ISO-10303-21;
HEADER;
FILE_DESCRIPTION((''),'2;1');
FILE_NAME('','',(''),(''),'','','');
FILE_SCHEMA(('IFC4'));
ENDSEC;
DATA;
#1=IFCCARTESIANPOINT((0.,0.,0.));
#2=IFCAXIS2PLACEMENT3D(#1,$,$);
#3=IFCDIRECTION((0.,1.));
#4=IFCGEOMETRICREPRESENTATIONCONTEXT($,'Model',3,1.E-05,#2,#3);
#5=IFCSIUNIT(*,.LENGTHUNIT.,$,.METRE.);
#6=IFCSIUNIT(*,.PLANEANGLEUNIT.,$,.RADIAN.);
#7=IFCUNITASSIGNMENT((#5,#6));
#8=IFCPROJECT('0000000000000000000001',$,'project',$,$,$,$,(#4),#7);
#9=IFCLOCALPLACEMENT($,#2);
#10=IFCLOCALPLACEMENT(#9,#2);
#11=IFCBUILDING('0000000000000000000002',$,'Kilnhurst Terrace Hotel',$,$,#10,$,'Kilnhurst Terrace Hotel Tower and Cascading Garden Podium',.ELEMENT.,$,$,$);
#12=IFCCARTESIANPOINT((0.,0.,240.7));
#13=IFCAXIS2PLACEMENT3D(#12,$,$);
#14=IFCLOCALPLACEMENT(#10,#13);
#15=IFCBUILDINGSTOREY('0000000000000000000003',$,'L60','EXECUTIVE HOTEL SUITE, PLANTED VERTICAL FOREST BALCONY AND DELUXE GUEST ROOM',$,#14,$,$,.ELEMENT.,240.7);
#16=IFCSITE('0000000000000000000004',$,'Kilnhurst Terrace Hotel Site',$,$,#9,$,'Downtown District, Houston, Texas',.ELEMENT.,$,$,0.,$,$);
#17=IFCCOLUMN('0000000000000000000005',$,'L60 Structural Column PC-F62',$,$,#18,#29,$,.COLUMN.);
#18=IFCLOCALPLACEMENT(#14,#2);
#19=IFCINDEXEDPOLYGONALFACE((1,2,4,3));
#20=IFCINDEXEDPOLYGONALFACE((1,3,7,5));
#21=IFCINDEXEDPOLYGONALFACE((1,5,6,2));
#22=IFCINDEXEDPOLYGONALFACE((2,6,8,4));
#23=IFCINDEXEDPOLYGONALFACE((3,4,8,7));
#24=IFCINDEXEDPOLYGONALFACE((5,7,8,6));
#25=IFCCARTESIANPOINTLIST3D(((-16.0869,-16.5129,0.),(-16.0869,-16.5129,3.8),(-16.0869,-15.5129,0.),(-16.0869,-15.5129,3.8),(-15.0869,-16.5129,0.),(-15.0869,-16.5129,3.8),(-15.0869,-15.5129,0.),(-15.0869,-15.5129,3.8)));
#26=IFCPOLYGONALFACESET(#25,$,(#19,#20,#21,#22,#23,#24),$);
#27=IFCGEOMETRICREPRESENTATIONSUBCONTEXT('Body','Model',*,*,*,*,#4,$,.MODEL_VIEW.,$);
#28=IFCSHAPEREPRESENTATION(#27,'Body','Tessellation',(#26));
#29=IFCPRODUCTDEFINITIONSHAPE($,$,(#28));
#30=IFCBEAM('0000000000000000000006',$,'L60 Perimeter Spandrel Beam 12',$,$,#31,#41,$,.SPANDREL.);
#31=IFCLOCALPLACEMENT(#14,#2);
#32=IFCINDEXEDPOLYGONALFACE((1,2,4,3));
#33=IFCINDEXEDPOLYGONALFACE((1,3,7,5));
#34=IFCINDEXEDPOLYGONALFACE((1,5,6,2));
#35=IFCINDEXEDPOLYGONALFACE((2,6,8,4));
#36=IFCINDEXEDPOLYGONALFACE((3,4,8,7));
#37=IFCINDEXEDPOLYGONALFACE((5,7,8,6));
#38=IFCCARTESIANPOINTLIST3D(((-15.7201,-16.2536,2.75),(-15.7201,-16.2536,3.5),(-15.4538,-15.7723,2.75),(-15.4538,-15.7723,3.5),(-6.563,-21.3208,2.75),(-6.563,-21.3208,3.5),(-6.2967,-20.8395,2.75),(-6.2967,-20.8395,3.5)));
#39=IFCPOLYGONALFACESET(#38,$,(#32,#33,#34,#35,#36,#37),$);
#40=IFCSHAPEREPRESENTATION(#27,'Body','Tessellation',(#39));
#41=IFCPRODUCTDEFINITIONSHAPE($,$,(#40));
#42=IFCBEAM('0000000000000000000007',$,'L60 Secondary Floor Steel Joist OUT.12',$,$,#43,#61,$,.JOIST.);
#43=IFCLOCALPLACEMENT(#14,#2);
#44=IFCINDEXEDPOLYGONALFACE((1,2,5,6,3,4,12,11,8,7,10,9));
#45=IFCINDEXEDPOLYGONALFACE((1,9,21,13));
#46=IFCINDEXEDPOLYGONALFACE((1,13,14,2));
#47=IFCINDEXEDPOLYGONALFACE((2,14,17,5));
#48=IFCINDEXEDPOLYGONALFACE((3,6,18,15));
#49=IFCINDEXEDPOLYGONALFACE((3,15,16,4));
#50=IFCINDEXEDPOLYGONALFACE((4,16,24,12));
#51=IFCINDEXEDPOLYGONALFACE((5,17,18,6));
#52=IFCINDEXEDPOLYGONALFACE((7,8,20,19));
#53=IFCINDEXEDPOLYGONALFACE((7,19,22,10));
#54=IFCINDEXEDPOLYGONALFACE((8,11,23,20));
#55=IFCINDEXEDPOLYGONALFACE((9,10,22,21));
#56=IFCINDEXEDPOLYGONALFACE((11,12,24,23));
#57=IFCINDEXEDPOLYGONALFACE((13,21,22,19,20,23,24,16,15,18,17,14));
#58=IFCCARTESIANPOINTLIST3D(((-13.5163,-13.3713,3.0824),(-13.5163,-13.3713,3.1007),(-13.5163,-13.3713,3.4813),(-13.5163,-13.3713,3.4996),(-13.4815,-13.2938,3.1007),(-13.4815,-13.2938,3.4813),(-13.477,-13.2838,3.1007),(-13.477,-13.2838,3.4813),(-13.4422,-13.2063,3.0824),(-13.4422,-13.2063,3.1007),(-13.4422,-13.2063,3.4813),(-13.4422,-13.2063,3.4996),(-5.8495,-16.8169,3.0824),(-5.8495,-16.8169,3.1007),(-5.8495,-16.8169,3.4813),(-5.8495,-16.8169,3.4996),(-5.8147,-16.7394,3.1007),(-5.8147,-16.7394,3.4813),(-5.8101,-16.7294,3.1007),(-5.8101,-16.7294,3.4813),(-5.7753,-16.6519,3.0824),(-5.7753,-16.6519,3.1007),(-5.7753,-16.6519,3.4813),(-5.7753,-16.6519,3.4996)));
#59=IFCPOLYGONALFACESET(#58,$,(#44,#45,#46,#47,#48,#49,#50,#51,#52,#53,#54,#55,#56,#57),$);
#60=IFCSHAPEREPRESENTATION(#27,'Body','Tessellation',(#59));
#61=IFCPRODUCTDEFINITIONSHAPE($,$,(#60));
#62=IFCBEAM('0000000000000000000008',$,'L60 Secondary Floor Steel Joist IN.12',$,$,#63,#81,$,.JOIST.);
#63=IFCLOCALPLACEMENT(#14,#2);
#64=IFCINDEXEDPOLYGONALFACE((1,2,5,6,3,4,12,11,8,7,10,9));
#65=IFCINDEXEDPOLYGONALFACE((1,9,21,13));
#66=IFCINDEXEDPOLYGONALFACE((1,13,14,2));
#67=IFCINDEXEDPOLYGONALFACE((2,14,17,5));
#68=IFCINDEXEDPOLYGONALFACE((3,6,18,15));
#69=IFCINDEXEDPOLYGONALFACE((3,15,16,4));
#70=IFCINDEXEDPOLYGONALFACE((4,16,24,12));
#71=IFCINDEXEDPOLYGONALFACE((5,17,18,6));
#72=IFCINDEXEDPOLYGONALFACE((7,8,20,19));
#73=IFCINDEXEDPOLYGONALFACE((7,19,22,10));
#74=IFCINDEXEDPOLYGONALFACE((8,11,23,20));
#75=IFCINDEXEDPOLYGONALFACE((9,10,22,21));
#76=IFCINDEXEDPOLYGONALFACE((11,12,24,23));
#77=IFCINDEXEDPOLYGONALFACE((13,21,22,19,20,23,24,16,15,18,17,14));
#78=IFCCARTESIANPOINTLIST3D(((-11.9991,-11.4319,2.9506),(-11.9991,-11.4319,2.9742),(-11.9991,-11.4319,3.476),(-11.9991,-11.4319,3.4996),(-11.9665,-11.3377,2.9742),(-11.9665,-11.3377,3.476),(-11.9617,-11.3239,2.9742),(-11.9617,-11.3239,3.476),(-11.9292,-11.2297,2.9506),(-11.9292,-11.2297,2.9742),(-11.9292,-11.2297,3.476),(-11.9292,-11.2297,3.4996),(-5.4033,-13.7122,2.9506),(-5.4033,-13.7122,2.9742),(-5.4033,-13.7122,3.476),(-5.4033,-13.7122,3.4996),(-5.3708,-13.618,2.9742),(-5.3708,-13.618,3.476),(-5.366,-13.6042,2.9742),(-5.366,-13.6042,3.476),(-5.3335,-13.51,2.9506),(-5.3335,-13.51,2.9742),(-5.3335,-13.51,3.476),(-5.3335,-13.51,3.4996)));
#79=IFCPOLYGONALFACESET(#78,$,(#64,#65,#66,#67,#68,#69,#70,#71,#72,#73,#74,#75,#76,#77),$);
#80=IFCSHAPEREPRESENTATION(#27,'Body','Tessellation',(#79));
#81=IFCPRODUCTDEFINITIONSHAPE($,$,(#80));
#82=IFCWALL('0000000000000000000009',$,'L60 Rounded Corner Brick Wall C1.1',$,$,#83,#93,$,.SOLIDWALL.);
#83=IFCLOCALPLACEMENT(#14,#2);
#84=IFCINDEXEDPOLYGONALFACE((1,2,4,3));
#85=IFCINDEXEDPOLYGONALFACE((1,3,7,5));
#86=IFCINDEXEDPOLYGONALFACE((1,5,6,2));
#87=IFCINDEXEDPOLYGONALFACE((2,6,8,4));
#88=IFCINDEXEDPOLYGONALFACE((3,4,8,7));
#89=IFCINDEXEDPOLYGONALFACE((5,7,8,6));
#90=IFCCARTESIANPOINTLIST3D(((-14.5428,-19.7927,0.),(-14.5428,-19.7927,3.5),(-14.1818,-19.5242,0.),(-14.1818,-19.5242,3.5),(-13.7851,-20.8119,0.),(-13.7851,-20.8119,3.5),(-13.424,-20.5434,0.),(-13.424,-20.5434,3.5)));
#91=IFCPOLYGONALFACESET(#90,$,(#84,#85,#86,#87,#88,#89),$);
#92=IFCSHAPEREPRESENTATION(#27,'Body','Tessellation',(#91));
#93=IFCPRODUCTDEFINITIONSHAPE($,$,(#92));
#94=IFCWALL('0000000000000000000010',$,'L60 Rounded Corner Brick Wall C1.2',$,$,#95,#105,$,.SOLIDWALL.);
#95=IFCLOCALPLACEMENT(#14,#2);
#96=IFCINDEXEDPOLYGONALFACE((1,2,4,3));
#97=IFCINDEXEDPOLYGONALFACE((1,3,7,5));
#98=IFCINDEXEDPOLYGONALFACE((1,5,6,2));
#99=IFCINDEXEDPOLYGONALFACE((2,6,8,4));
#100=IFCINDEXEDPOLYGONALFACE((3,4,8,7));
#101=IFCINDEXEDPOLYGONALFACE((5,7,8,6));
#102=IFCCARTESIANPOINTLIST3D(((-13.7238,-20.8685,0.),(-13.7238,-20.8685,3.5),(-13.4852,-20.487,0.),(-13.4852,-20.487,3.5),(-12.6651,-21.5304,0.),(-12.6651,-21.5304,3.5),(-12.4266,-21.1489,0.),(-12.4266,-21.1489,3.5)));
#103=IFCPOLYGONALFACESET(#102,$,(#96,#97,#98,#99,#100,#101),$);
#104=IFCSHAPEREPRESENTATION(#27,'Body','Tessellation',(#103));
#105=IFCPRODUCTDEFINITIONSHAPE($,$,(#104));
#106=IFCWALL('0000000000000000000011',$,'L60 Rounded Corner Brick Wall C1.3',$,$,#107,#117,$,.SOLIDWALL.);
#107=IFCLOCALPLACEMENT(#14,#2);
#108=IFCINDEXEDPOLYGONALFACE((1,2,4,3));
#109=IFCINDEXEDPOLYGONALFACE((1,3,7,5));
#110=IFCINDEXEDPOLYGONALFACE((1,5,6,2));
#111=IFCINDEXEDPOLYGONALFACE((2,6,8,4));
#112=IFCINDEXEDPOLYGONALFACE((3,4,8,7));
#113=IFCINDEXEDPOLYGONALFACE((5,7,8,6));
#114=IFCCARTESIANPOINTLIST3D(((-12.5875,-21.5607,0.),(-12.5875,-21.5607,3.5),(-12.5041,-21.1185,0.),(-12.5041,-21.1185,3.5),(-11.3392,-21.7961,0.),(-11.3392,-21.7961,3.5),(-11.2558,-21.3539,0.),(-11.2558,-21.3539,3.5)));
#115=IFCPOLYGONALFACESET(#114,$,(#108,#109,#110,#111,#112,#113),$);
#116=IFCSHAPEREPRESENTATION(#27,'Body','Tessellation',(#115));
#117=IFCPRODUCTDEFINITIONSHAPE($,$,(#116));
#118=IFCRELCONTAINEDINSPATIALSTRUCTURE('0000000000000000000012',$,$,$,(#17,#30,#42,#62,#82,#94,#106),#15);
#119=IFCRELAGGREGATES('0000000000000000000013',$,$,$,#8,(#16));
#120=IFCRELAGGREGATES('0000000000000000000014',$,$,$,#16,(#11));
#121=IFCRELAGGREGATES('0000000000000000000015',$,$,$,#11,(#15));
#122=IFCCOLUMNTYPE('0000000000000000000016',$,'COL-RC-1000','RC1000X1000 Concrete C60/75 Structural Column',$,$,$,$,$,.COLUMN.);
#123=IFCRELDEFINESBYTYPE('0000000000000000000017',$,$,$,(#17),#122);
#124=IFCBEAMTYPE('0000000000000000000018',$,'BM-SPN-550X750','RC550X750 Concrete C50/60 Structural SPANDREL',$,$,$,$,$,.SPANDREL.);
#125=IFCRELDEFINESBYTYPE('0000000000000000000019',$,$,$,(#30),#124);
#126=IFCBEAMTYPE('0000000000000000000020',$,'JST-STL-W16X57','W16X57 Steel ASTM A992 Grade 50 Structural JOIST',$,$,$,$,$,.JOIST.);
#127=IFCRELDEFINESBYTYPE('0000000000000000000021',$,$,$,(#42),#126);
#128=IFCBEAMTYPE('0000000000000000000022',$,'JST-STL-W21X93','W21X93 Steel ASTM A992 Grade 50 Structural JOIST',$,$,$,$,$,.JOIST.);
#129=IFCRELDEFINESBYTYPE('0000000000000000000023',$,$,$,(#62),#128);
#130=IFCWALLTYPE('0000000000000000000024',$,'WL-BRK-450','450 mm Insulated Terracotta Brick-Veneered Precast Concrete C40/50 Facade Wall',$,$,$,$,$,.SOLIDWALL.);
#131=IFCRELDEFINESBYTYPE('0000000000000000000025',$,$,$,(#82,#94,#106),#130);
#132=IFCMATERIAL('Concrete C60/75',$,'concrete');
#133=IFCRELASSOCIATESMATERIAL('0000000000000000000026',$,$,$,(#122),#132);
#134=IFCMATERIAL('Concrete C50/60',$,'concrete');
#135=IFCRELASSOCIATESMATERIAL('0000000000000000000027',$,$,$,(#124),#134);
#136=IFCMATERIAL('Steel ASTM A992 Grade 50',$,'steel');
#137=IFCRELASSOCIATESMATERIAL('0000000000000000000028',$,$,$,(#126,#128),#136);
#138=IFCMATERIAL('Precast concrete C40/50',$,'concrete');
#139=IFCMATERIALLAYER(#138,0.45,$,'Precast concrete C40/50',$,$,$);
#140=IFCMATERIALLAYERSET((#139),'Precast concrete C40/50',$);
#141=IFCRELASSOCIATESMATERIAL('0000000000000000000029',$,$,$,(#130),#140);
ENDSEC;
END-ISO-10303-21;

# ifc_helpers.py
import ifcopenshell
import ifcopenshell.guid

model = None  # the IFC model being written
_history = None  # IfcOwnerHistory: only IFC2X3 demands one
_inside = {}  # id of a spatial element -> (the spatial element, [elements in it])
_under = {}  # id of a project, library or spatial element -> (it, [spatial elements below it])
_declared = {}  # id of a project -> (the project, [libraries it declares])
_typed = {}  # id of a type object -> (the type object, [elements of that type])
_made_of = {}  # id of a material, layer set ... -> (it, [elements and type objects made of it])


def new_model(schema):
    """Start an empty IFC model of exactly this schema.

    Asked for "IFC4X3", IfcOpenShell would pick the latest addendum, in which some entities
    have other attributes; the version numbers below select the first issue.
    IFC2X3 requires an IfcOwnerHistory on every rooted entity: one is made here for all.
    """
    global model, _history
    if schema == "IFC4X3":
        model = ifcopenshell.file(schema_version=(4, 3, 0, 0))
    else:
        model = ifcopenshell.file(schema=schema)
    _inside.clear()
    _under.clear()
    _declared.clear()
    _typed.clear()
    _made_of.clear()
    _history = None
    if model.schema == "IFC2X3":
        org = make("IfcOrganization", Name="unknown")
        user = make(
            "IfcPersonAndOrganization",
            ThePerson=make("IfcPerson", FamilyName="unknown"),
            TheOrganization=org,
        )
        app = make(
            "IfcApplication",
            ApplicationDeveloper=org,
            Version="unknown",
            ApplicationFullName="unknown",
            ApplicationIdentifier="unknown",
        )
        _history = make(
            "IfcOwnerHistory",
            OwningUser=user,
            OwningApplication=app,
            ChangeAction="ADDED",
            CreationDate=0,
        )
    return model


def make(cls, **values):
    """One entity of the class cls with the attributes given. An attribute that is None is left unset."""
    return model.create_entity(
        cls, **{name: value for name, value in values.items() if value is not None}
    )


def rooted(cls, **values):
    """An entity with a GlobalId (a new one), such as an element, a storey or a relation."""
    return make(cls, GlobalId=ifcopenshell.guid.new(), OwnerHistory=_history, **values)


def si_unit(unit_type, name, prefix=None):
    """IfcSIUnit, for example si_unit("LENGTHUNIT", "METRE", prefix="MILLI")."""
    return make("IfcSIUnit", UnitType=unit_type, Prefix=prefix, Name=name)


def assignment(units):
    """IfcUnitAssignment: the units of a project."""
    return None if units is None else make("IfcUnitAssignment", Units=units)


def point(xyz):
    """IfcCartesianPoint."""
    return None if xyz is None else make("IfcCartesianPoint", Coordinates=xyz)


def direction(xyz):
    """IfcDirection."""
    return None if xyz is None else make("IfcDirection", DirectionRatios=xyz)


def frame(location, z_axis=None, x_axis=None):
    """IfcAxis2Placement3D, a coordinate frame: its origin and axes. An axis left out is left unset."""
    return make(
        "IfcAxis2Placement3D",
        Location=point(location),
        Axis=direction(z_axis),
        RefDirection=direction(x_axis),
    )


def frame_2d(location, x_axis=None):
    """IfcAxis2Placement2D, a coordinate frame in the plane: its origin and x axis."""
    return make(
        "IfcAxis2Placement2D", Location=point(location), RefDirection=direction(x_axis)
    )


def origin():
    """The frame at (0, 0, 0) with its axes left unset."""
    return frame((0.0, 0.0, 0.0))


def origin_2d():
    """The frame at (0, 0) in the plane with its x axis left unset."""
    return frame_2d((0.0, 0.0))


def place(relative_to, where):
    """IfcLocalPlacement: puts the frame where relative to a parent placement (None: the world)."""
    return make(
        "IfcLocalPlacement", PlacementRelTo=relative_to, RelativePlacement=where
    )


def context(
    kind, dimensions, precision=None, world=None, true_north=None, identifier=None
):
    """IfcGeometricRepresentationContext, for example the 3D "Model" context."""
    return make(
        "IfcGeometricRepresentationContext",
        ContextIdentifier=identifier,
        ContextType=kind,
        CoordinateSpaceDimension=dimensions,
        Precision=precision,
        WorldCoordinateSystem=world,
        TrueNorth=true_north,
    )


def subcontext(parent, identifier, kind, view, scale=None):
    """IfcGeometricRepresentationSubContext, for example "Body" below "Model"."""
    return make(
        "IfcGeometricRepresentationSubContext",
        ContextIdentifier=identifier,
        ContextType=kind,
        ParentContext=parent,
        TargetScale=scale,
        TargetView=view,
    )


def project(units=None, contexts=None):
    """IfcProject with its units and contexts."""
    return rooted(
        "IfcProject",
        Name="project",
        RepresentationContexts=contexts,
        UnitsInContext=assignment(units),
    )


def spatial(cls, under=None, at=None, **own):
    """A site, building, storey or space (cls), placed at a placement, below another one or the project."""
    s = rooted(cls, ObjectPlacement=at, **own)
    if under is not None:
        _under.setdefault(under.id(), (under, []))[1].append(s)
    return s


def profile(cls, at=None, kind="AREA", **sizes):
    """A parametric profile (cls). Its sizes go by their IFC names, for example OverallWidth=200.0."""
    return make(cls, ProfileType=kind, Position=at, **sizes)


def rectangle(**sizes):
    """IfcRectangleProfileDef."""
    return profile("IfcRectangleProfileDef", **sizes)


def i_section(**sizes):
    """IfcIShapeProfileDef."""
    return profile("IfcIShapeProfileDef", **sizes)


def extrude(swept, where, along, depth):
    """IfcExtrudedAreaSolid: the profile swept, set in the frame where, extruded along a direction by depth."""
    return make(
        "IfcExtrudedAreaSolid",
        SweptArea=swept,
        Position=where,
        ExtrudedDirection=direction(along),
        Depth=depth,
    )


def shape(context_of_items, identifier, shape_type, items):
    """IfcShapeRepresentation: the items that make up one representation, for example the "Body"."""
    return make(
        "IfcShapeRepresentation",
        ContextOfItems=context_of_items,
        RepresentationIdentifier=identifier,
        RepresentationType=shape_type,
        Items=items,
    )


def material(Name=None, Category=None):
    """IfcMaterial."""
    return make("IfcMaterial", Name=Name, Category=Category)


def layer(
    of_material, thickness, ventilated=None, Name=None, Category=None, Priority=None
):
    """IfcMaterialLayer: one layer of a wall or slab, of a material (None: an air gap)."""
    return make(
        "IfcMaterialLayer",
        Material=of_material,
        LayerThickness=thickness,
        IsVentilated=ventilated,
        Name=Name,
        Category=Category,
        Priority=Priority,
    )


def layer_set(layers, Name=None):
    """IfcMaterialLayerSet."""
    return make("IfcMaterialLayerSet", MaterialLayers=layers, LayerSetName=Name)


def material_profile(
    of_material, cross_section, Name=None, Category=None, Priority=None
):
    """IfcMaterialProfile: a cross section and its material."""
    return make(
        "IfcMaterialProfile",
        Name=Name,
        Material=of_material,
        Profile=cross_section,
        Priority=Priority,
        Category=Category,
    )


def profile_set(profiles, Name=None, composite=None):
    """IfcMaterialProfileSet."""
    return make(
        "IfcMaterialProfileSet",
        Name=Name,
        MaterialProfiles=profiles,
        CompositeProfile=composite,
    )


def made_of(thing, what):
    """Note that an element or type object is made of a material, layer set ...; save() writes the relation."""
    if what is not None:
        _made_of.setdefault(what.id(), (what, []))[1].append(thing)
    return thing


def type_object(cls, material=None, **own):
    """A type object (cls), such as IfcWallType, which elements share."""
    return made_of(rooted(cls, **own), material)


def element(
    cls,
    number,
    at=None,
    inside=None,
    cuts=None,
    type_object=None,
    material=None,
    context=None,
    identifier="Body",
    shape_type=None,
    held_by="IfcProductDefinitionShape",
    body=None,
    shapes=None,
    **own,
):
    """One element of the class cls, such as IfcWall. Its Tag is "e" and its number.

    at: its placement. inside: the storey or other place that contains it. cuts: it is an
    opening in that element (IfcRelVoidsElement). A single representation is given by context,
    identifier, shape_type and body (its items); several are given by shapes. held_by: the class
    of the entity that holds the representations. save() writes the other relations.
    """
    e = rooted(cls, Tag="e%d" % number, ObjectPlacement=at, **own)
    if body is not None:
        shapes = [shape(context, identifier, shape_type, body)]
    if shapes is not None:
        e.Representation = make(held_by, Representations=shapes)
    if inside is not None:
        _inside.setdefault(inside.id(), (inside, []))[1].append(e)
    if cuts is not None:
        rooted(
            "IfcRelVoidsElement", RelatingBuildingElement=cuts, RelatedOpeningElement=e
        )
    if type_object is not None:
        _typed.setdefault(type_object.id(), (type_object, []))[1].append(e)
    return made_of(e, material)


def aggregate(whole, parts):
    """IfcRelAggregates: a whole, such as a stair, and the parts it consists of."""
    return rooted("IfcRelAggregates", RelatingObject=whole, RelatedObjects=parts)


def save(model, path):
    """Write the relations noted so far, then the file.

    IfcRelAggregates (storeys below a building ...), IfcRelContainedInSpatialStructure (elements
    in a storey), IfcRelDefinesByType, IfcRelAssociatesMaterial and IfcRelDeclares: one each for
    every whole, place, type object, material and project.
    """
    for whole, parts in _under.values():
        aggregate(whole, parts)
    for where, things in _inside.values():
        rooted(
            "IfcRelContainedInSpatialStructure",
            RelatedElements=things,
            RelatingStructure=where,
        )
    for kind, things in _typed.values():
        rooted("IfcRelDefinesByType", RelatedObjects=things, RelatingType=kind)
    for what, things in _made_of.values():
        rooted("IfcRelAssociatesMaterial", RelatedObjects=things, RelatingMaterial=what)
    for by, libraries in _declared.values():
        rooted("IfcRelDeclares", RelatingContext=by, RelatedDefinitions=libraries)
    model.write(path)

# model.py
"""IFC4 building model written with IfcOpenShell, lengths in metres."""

from ifc_helpers import new_model, si_unit, direction, frame, frame_2d, origin, origin_2d, place, context, subcontext, project, spatial, rectangle, i_section, extrude, material, layer, layer_set, material_profile, profile_set, type_object, element, save


model = new_model("IFC4")

# Units and contexts
model_context = context("Model", 3, precision=1e-05, world=origin(), true_north=direction((0.0, 1.0)))
body_context = subcontext(model_context, "Body", "Model", "MODEL_VIEW")
ifc_project = project(units=[si_unit("LENGTHUNIT", "METRE"), si_unit("PLANEANGLEUNIT", "RADIAN")], contexts=[model_context])

# Site, building, storey
site_placement = place(None, origin())
site = spatial("IfcSite", under=ifc_project, at=site_placement, Name="Kilnhurst Terrace Hotel Site", LongName="Downtown District, Houston, Texas", CompositionType="ELEMENT", RefElevation=0.0)
building_placement = place(site_placement, origin())
building = spatial("IfcBuilding", under=site, at=building_placement, Name="Kilnhurst Terrace Hotel", LongName="Kilnhurst Terrace Hotel Tower and Cascading Garden Podium", CompositionType="ELEMENT")
storey_placement = place(building_placement, frame((0.0, 0.0, 240.7)))
storey = spatial("IfcBuildingStorey", under=building, at=storey_placement, Name="L60", Description="EXECUTIVE HOTEL SUITE, PLANTED VERTICAL FOREST BALCONY AND DELUXE GUEST ROOM", CompositionType="ELEMENT", Elevation=240.7)

# Column
ifc_material_1 = material(Name="Concrete C60/75", Category="concrete")
ifc_material_profile_1 = material_profile(ifc_material_1, rectangle(XDim=1.0, YDim=1.0, at=origin_2d()), Name="RC1000X1000")
ifc_profile_set_1 = profile_set([ifc_material_profile_1], Name="Concrete C60/75")
column_type = type_object("IfcColumnType", Name="COL-RC-1000", Description="RC1000X1000 Concrete C60/75 Structural Column", PredefinedType="COLUMN", material=ifc_profile_set_1)
column_placement = place(storey_placement, frame((-15.5869, -16.0129, 0.0), z_axis=(0.0, 0.0, 1.0), x_axis=(1.0, 0.0, 0.0)))
element("IfcColumn", 1, at=column_placement, inside=storey, type_object=column_type, Name="L60 Structural Column PC-F62", PredefinedType="COLUMN", context=body_context, shape_type="SweptSolid", body=[
    extrude(rectangle(XDim=1.0, YDim=1.0, at=origin_2d()), origin(), (0.0, 0.0, 1.0), 3.8),
])

# Beams
ifc_material_2 = material(Name="Concrete C50/60", Category="concrete")
ifc_material_profile_2 = material_profile(ifc_material_2, rectangle(XDim=0.55, YDim=0.75, at=origin_2d()), Name="RC550X750")
ifc_profile_set_2 = profile_set([ifc_material_profile_2], Name="Concrete C50/60")
beam_type_1 = type_object("IfcBeamType", Name="BM-SPN-550X750", Description="RC550X750 Concrete C50/60 Structural SPANDREL", PredefinedType="SPANDREL", material=ifc_profile_set_2)
beam_1_placement = place(storey_placement, frame((-15.5869, -16.0129, 3.125), z_axis=(0.87497, -0.484177, 0.0), x_axis=(0.484177, 0.87497, 0.0)))
element("IfcBeam", 2, at=beam_1_placement, inside=storey, type_object=beam_type_1, Name="L60 Perimeter Spandrel Beam 12", PredefinedType="SPANDREL", context=body_context, shape_type="SweptSolid", body=[
    extrude(rectangle(XDim=0.55, YDim=0.75, at=origin_2d()), origin(), (0.0, 0.0, 1.0), 10.4656),
])
ifc_material_3 = material(Name="Steel ASTM A992 Grade 50", Category="steel")
ifc_material_profile_3 = material_profile(ifc_material_3, i_section(OverallWidth=0.1809, OverallDepth=0.4172, WebThickness=0.011, FlangeThickness=0.0183, at=origin_2d()), Name="W16X57")
ifc_profile_set_3 = profile_set([ifc_material_profile_3], Name="Steel ASTM A992 Grade 50")
beam_type_2 = type_object("IfcBeamType", Name="JST-STL-W16X57", Description="W16X57 Steel ASTM A992 Grade 50 Structural JOIST", PredefinedType="JOIST", material=ifc_profile_set_3)
beam_2_placement = place(storey_placement, frame((-13.4792, -13.2888, 3.291), z_axis=(0.912121, -0.409921, 0.0), x_axis=(0.409921, 0.912121, 0.0)))
element("IfcBeam", 3, at=beam_2_placement, inside=storey, type_object=beam_type_2, Name="L60 Secondary Floor Steel Joist OUT.12", PredefinedType="JOIST", context=body_context, shape_type="SweptSolid", body=[
    extrude(i_section(OverallWidth=0.1809, OverallDepth=0.4172, WebThickness=0.011, FlangeThickness=0.0183, at=origin_2d()), origin(), (0.0, 0.0, 1.0), 8.4055),
])
ifc_material_profile_4 = material_profile(ifc_material_3, i_section(OverallWidth=0.2139, OverallDepth=0.5491, WebThickness=0.0146, FlangeThickness=0.0237, at=origin_2d()), Name="W21X93")
ifc_profile_set_4 = profile_set([ifc_material_profile_4], Name="Steel ASTM A992 Grade 50")
beam_type_3 = type_object("IfcBeamType", Name="JST-STL-W21X93", Description="W21X93 Steel ASTM A992 Grade 50 Structural JOIST", PredefinedType="JOIST", material=ifc_profile_set_4)
beam_3_placement = place(storey_placement, frame((-11.9641, -11.3308, 3.2251), z_axis=(0.945112, -0.326745, 0.0), x_axis=(0.326745, 0.945112, 0.0)))
element("IfcBeam", 4, at=beam_3_placement, inside=storey, type_object=beam_type_3, Name="L60 Secondary Floor Steel Joist IN.12", PredefinedType="JOIST", context=body_context, shape_type="SweptSolid", body=[
    extrude(i_section(OverallWidth=0.2139, OverallDepth=0.5491, WebThickness=0.0146, FlangeThickness=0.0237, at=origin_2d()), origin(), (0.0, 0.0, 1.0), 6.9788),
])

# Walls
ifc_material_4 = material(Name="Precast concrete C40/50", Category="concrete")
ifc_layer_1 = layer(ifc_material_4, 0.45, Name="Precast concrete C40/50")
ifc_layer_set_1 = layer_set([ifc_layer_1], Name="Precast concrete C40/50")
wall_type_1 = type_object("IfcWallType", Name="WL-BRK-450", Description="450 mm Insulated Terracotta Brick-Veneered Precast Concrete C40/50 Facade Wall", PredefinedType="SOLIDWALL", material=ifc_layer_set_1)
wall_1_placement = place(storey_placement, frame((-14.3623, -19.6584, 0.0), z_axis=(0.0, 0.0, 1.0), x_axis=(0.596642, -0.802507, 0.0)))
element("IfcWall", 5, at=wall_1_placement, inside=storey, type_object=wall_type_1, Name="L60 Rounded Corner Brick Wall C1.1", PredefinedType="SOLIDWALL", context=body_context, shape_type="SweptSolid", body=[
    extrude(rectangle(XDim=1.27, YDim=0.45, at=frame_2d((0.635, 0.0))), origin(), (0.0, 0.0, 1.0), 3.5),
])
wall_2_placement = place(storey_placement, frame((-13.6045, -20.6777, 0.0), z_axis=(0.0, 0.0, 1.0), x_axis=(0.84791, -0.53014, 0.0)))
element("IfcWall", 6, at=wall_2_placement, inside=storey, type_object=wall_type_1, Name="L60 Rounded Corner Brick Wall C1.2", PredefinedType="SOLIDWALL", context=body_context, shape_type="SweptSolid", body=[
    extrude(rectangle(XDim=1.2485, YDim=0.45, at=frame_2d((0.6243, 0.0))), origin(), (0.0, 0.0, 1.0), 3.5),
])
wall_3_placement = place(storey_placement, frame((-12.5459, -21.3396, 0.0), z_axis=(0.0, 0.0, 1.0), x_axis=(0.982687, -0.185275, 0.0)))
element("IfcWall", 7, at=wall_3_placement, inside=storey, type_object=wall_type_1, Name="L60 Rounded Corner Brick Wall C1.3", PredefinedType="SOLIDWALL", context=body_context, shape_type="SweptSolid", body=[
    extrude(rectangle(XDim=1.2703, YDim=0.45, at=frame_2d((0.6353, 0.0))), origin(), (0.0, 0.0, 1.0), 3.5),
])

save(model, "model.ifc")
